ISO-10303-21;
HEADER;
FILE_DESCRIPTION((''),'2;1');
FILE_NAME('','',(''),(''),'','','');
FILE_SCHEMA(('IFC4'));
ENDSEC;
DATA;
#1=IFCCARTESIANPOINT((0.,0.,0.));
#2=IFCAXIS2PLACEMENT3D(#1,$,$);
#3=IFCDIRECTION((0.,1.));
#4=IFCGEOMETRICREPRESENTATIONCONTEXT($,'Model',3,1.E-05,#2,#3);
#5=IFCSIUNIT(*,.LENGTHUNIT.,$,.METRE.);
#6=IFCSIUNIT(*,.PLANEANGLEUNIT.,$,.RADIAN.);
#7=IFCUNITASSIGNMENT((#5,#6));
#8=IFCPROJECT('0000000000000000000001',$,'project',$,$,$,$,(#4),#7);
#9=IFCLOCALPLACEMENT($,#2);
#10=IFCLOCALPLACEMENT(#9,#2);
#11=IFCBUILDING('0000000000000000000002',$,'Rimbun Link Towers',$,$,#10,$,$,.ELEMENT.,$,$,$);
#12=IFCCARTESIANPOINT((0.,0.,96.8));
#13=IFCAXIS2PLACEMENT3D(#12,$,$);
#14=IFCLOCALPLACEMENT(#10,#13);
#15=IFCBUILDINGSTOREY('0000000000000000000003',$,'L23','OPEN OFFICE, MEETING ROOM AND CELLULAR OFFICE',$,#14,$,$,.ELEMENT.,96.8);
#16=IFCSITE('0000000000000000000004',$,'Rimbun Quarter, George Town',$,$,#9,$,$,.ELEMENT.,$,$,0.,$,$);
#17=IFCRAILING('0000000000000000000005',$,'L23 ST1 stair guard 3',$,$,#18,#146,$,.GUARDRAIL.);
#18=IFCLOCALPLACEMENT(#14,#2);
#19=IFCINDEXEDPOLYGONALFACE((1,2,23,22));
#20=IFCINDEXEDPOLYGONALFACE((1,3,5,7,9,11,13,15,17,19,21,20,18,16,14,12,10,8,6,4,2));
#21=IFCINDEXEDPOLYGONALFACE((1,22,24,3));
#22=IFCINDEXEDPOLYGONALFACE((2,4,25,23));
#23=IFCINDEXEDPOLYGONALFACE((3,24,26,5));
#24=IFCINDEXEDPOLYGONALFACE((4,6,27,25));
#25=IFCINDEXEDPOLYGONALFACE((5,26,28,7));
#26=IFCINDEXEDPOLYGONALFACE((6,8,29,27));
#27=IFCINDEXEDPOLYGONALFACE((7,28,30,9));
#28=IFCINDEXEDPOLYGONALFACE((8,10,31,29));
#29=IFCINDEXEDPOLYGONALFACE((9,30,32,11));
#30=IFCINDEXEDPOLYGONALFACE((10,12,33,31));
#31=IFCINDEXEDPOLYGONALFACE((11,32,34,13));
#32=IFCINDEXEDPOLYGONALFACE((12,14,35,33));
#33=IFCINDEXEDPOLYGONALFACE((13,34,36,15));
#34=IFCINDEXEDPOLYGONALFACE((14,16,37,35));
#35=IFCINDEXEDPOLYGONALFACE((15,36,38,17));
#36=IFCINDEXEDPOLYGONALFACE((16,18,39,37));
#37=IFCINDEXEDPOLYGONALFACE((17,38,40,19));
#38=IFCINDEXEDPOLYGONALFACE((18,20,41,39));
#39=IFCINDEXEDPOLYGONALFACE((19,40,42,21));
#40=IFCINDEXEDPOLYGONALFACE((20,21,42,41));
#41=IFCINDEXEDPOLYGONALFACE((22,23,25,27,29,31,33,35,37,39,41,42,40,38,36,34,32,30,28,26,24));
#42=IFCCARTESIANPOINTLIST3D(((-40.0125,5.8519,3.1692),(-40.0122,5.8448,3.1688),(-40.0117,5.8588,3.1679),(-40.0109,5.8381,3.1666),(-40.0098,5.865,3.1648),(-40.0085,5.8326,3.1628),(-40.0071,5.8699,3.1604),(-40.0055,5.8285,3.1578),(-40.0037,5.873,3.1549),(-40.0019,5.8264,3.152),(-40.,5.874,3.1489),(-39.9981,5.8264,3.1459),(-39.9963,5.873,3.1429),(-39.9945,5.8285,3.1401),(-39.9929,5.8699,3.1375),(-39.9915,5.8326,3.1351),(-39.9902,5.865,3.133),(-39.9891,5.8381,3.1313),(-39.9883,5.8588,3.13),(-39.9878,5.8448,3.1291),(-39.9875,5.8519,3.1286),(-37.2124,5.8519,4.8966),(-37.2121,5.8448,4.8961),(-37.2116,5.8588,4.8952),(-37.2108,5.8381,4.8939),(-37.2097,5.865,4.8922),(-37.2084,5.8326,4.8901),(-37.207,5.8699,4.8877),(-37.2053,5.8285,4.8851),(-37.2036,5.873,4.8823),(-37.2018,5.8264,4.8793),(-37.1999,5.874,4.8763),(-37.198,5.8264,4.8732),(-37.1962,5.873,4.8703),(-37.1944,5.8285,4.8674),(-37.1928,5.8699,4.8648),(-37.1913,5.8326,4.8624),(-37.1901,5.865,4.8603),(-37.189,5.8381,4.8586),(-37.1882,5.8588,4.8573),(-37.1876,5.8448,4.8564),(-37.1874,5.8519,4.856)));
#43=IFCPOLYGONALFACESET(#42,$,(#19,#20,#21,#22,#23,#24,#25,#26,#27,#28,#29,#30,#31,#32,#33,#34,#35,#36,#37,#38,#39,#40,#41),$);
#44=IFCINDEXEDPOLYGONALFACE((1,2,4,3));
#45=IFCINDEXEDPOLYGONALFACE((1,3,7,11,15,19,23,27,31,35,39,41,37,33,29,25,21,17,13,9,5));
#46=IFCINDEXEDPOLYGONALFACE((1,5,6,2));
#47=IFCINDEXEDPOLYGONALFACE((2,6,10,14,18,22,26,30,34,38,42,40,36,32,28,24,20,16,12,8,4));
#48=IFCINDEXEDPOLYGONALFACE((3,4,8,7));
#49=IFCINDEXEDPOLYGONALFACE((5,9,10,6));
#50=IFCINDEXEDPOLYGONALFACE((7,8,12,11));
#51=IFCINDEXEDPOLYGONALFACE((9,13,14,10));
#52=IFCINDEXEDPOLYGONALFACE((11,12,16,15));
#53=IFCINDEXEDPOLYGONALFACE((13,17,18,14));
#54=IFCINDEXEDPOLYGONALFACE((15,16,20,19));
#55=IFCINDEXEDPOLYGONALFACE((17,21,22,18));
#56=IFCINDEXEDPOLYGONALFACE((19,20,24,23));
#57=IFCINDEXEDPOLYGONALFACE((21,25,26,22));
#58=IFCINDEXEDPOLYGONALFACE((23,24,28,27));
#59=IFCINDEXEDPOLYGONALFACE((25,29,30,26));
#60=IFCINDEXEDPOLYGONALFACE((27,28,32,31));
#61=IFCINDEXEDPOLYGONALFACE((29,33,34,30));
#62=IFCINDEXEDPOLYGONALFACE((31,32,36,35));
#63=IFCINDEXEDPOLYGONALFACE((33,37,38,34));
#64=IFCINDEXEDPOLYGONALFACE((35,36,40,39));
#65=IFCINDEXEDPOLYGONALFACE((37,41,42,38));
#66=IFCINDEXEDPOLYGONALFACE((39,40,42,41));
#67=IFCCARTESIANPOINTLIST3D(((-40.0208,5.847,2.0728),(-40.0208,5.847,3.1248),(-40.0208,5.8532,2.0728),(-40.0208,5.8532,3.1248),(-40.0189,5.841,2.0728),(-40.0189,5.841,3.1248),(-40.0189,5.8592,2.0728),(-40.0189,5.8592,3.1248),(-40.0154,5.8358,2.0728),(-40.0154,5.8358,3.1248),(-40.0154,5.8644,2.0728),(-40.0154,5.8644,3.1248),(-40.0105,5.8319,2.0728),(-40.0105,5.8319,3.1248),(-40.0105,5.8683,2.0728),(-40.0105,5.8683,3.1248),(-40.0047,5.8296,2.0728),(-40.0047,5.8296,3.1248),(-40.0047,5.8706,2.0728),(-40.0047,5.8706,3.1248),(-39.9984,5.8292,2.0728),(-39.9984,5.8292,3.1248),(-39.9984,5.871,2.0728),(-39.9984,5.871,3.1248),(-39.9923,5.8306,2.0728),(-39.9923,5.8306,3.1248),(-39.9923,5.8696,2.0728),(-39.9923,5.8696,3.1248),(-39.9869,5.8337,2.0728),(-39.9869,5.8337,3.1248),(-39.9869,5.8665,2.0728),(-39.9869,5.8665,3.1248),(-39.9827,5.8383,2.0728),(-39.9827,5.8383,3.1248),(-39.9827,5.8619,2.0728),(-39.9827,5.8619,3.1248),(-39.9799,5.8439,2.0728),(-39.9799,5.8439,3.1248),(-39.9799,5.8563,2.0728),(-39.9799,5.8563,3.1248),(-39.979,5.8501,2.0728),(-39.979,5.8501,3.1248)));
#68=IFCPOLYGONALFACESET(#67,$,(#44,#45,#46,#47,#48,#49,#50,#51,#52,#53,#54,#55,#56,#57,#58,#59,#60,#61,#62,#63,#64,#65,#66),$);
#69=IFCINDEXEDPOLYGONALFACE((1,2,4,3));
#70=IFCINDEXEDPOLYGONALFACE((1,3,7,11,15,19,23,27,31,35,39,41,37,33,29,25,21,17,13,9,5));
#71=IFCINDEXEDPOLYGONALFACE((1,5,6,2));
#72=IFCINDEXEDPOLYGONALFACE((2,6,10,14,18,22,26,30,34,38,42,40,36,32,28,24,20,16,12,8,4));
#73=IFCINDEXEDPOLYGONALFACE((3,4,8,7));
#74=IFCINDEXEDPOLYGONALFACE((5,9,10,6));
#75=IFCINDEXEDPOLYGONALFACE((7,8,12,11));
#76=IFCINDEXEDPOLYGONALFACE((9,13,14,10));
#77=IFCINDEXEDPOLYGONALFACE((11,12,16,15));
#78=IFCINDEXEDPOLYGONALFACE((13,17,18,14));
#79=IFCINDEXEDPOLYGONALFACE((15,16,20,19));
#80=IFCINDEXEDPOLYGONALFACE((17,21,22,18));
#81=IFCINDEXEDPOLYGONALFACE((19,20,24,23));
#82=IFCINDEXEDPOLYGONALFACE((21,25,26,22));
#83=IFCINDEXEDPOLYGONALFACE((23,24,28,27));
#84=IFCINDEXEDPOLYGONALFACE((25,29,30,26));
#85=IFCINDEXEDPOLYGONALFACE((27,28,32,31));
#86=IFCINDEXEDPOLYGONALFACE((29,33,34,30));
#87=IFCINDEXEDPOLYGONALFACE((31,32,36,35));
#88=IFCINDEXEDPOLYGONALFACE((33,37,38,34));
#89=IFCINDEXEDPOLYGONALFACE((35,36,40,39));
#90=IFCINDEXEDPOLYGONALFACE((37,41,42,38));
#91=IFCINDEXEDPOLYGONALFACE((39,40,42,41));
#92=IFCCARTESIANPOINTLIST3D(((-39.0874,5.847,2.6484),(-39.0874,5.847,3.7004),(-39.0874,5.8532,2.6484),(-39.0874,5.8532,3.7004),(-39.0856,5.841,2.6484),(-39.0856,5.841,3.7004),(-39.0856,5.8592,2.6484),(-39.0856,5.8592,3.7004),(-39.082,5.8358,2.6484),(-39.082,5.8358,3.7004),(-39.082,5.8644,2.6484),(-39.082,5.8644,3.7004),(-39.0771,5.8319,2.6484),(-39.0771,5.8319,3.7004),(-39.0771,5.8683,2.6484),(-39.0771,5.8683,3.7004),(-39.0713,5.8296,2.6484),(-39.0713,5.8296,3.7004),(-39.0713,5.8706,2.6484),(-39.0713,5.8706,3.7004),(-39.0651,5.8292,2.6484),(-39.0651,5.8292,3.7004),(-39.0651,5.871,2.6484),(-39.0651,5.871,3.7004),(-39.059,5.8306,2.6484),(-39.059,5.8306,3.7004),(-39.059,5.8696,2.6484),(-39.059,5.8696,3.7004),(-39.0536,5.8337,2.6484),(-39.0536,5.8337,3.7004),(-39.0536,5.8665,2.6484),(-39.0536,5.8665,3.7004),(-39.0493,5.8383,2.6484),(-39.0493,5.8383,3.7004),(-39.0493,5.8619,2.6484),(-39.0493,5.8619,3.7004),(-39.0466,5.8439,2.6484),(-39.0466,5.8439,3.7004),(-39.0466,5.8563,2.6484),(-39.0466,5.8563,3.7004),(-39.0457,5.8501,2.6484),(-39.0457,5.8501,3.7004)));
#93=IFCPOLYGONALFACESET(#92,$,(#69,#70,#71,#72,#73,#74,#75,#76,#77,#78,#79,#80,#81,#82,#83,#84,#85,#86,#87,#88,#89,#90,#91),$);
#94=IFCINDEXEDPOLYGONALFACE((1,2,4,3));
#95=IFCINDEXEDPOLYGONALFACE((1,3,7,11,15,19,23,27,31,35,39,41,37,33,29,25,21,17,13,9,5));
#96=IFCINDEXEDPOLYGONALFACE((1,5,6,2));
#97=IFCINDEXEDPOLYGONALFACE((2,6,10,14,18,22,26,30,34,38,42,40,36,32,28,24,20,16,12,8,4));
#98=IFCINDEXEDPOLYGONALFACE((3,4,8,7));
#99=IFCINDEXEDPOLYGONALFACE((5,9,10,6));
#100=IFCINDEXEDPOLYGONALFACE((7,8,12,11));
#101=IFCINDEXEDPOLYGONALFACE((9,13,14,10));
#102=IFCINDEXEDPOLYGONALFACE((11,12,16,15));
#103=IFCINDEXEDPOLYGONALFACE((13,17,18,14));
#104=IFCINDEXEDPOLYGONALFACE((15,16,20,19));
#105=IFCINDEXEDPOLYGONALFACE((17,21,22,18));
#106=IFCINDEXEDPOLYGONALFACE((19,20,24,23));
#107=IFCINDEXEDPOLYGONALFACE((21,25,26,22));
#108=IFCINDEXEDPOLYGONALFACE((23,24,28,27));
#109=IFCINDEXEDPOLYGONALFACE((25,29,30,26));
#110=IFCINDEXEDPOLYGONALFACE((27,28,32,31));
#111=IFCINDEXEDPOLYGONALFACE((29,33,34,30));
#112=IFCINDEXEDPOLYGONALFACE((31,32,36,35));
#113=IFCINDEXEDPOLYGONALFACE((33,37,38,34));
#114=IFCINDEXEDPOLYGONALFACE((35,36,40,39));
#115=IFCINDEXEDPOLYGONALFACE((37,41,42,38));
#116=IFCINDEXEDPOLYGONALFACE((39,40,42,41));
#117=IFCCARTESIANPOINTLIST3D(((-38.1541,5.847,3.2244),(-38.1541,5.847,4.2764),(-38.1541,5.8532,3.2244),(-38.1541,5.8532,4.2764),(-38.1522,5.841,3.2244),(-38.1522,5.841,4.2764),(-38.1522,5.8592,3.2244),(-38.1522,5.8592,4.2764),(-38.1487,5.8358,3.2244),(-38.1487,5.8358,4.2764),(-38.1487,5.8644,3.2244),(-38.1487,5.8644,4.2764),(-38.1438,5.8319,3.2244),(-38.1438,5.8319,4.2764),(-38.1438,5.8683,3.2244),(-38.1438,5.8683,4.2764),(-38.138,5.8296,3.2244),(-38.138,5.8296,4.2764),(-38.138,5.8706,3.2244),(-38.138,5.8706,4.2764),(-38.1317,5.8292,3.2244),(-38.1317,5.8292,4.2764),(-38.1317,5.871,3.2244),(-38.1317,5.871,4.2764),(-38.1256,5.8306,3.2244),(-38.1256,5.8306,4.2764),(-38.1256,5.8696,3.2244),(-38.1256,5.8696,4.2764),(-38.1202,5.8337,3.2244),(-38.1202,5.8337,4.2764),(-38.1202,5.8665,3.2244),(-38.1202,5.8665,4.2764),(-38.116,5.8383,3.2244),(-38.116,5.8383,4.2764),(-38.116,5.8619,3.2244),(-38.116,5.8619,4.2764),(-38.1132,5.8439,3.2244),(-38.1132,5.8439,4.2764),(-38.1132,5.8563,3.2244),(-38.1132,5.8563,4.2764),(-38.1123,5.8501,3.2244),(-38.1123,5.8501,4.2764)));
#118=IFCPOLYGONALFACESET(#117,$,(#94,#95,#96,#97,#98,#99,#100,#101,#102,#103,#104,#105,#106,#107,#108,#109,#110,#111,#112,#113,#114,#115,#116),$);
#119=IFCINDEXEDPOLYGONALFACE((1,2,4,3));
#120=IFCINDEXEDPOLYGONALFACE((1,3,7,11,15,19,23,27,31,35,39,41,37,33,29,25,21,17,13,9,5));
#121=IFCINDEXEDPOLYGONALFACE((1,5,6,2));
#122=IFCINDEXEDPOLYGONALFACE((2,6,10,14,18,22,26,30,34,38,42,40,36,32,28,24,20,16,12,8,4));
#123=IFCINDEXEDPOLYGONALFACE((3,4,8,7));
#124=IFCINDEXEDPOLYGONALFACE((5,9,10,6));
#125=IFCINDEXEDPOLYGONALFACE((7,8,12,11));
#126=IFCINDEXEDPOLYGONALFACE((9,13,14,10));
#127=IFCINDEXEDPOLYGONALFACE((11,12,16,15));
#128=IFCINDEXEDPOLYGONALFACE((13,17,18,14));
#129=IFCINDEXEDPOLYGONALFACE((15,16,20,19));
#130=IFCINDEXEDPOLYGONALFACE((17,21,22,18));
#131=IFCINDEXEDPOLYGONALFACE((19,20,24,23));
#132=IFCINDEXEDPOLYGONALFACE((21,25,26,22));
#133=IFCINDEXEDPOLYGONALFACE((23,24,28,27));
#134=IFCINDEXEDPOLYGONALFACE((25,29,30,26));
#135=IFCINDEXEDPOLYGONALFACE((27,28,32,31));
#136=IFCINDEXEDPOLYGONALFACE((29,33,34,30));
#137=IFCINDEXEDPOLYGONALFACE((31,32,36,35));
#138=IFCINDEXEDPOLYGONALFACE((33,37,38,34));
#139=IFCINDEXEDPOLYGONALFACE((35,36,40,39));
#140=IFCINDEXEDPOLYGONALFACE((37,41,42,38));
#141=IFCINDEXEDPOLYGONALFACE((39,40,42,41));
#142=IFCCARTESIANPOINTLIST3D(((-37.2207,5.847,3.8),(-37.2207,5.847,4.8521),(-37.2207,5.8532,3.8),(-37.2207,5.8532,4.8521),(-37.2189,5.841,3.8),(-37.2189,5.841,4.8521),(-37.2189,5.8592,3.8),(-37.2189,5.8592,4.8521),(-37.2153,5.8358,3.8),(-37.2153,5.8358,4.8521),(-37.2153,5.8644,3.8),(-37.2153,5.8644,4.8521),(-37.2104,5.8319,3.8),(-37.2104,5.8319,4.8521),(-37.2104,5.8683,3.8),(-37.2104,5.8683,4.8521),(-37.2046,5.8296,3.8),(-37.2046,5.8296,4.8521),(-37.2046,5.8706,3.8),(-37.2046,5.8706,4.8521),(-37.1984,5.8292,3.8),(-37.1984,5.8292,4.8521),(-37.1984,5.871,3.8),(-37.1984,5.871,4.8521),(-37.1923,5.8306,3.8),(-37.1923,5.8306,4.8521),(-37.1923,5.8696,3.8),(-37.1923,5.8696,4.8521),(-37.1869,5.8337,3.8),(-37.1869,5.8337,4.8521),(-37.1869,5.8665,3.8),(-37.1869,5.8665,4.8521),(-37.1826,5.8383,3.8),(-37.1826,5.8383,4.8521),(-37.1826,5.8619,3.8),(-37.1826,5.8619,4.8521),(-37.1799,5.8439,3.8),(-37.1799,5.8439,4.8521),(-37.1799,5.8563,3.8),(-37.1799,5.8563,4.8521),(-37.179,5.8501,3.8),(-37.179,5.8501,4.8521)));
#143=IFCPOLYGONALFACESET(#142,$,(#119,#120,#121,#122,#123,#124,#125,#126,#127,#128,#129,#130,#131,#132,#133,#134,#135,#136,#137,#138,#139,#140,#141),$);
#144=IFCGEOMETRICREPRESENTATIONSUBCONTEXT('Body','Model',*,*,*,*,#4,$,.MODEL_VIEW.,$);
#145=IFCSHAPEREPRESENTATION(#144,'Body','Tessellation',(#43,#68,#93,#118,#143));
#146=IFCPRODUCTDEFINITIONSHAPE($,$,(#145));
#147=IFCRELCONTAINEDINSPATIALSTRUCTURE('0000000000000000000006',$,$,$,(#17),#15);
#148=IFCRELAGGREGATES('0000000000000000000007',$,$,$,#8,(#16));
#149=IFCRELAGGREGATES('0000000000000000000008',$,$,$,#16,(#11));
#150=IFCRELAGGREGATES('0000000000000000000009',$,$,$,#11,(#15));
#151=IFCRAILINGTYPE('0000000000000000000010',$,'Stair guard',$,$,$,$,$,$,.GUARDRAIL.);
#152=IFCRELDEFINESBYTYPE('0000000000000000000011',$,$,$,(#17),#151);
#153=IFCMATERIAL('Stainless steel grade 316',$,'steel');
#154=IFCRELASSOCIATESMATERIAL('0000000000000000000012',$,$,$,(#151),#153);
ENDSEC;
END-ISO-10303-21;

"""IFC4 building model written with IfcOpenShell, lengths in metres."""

from ifc_helpers import new_model, si_unit, direction, frame, origin, origin_2d, place, context, subcontext, project, spatial, circle, extrude, material, type_object, element, save


model = new_model("IFC4")

# Units and contexts
model_context = context("Model", 3, precision=1e-05, world=origin(), true_north=direction((0.0, 1.0)))
body_context = subcontext(model_context, "Body", "Model", "MODEL_VIEW")
ifc_project = project(units=[si_unit("LENGTHUNIT", "METRE"), si_unit("PLANEANGLEUNIT", "RADIAN")], contexts=[model_context])

# Site, building, storey
site_placement = place(None, origin())
site = spatial("IfcSite", under=ifc_project, at=site_placement, Name="Rimbun Quarter, George Town", CompositionType="ELEMENT", RefElevation=0.0)
building_placement = place(site_placement, origin())
building = spatial("IfcBuilding", under=site, at=building_placement, Name="Rimbun Link Towers", CompositionType="ELEMENT")
storey_placement = place(building_placement, frame((0.0, 0.0, 96.8)))
storey = spatial("IfcBuildingStorey", under=building, at=storey_placement, Name="L23", Description="OPEN OFFICE, MEETING ROOM AND CELLULAR OFFICE", CompositionType="ELEMENT", Elevation=96.8)

# Railing
ifc_material_1 = material(Name="Stainless steel grade 316", Category="steel")
railing_type_1 = type_object("IfcRailingType", Name="Stair guard", PredefinedType="GUARDRAIL", material=ifc_material_1)
railing_1_placement = place(storey_placement, frame((-40.0, 5.8501, 2.0728)))
element("IfcRailing", 1, at=railing_1_placement, inside=storey, type_object=railing_type_1, Name="L23 ST1 stair guard 3", PredefinedType="GUARDRAIL", context=body_context, shape_type="SweptSolid", body=[
    extrude(circle(Radius=0.0239, at=origin_2d()), frame((0.0, 0.0, 1.0762), z_axis=(0.85109, 0.0, 0.52502), x_axis=(0.0, 1.0, 0.0)), (0.0, 0.0, 1.0), 3.29),
    extrude(circle(Radius=0.021, at=origin_2d()), origin(), (0.0, 0.0, 1.0), 1.052),
    extrude(circle(Radius=0.021, at=origin_2d()), frame((0.9333, 0.0, 0.5757)), (0.0, 0.0, 1.0), 1.052),
    extrude(circle(Radius=0.021, at=origin_2d()), frame((1.8667, 0.0, 1.1516)), (0.0, 0.0, 1.0), 1.052),
    extrude(circle(Radius=0.021, at=origin_2d()), frame((2.8, 0.0, 1.7273)), (0.0, 0.0, 1.0), 1.052),
])

save(model, "model.ifc")
